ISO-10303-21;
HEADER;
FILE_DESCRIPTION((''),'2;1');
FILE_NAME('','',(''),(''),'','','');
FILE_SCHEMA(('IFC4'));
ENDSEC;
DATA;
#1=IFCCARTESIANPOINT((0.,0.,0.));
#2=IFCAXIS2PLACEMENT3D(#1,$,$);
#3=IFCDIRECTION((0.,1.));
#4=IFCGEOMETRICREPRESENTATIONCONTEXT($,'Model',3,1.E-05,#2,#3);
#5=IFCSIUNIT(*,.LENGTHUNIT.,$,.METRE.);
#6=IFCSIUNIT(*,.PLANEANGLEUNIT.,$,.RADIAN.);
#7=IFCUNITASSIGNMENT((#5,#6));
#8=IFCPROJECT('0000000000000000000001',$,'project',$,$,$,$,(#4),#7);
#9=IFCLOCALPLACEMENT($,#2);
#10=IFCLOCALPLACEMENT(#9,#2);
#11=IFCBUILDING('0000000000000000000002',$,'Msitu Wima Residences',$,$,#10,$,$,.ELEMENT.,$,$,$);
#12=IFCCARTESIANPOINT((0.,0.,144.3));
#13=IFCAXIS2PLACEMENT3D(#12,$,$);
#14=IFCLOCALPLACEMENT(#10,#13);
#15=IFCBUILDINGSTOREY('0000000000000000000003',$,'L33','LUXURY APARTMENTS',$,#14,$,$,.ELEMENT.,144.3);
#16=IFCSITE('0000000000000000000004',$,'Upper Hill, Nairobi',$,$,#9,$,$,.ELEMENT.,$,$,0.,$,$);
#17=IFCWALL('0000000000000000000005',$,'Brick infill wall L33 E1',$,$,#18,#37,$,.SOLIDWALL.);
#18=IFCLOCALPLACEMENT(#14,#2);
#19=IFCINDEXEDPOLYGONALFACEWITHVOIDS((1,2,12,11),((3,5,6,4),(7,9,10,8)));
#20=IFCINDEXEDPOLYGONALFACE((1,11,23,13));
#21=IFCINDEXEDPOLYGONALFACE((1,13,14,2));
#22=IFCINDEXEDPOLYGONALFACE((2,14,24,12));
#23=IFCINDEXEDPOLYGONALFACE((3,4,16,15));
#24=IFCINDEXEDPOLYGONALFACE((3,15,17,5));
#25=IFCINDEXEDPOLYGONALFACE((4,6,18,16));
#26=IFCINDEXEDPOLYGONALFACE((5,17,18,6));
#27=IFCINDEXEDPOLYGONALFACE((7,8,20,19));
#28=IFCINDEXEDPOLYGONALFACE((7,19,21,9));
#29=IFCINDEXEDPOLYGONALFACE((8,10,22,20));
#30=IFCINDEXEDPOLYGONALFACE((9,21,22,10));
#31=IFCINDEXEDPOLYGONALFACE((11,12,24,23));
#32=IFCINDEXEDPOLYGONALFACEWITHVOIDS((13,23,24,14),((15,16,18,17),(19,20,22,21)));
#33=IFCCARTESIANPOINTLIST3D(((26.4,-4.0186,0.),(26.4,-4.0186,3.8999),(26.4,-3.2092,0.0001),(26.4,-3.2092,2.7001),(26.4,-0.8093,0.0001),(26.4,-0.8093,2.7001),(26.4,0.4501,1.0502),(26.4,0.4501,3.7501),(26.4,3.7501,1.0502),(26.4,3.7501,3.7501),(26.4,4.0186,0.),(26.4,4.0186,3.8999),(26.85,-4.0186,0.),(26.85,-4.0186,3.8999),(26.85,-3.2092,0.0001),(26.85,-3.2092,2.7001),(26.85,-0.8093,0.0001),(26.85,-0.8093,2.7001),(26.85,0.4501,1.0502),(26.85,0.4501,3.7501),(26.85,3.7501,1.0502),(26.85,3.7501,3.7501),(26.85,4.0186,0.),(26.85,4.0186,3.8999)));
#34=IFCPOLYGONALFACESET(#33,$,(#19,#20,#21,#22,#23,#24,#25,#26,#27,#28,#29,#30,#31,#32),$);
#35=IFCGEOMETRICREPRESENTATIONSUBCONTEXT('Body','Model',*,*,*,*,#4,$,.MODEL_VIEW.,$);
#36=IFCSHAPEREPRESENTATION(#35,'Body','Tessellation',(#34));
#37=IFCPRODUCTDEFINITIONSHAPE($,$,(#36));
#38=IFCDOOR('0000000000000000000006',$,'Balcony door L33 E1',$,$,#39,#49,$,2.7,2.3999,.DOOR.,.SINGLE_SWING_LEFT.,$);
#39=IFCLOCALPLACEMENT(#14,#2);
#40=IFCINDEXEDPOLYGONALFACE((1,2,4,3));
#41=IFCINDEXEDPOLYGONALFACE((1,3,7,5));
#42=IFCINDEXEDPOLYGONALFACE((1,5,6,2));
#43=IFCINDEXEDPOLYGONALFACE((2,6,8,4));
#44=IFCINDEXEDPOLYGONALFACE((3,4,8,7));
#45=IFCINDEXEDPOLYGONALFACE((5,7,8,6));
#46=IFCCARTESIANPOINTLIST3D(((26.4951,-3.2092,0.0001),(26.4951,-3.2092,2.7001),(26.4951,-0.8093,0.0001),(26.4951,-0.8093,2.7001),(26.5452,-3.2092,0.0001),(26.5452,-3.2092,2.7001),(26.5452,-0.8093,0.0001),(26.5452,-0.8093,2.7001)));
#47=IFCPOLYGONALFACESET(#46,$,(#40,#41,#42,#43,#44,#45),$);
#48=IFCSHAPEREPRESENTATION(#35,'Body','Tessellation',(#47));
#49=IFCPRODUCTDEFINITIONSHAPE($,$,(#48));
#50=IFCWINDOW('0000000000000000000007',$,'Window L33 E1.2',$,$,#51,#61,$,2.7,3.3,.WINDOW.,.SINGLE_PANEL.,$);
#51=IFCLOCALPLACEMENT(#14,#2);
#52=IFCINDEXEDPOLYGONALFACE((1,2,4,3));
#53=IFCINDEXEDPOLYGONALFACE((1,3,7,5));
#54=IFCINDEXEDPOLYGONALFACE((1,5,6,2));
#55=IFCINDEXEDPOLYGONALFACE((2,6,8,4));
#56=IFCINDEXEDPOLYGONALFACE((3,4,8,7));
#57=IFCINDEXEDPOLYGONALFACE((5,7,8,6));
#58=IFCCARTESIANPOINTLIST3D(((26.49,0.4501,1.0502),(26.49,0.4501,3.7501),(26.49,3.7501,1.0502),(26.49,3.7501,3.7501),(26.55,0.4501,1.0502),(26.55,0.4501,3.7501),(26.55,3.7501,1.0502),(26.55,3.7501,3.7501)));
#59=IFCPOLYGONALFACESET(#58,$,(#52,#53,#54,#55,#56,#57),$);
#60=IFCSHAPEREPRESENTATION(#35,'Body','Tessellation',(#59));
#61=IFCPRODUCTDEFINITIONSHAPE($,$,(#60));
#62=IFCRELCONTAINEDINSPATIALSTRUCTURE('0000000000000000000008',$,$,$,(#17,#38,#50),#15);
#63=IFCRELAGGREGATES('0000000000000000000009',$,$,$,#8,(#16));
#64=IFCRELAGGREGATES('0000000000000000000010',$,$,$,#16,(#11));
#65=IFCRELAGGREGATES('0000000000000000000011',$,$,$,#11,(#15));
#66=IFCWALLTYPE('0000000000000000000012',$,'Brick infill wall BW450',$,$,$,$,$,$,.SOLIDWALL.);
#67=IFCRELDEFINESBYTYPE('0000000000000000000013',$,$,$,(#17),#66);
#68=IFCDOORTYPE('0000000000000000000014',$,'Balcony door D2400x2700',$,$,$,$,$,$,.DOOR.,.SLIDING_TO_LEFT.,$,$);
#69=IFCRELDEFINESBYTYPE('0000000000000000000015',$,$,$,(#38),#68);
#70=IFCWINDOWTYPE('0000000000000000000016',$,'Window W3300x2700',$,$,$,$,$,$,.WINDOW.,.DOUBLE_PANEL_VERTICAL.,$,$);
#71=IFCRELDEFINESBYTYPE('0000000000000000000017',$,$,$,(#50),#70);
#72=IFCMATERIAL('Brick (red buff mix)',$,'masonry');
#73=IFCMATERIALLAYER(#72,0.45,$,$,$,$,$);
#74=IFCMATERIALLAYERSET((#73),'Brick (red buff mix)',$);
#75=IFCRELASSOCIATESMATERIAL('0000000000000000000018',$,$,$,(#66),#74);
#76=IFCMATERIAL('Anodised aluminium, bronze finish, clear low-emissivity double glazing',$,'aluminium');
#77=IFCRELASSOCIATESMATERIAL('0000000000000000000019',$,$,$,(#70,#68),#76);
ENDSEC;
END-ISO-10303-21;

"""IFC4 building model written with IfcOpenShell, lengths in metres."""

from ifc_helpers import new_model, si_unit, direction, frame, frame_2d, origin, place, context, subcontext, project, spatial, rectangle, extrude, material, layer, layer_set, type_object, element, fill, save


model = new_model("IFC4")

# Units and contexts
model_context = context("Model", 3, precision=1e-05, world=origin(), true_north=direction((0.0, 1.0)))
body_context = subcontext(model_context, "Body", "Model", "MODEL_VIEW")
ifc_project = project(units=[si_unit("LENGTHUNIT", "METRE"), si_unit("PLANEANGLEUNIT", "RADIAN")], contexts=[model_context])

# Site, building, storey
site_placement = place(None, origin())
site = spatial("IfcSite", under=ifc_project, at=site_placement, Name="Upper Hill, Nairobi", CompositionType="ELEMENT", RefElevation=0.0)
building_placement = place(site_placement, origin())
building = spatial("IfcBuilding", under=site, at=building_placement, Name="Msitu Wima Residences", CompositionType="ELEMENT")
storey_placement = place(building_placement, frame((0.0, 0.0, 144.3)))
storey = spatial("IfcBuildingStorey", under=building, at=storey_placement, Name="L33", Description="LUXURY APARTMENTS", CompositionType="ELEMENT", Elevation=144.3)

# Shared definitions
ifc_material_1 = material(Name="Brick (red buff mix)", Category="masonry")
ifc_layer_1 = layer(ifc_material_1, 0.45)
ifc_layer_set_1 = layer_set([ifc_layer_1], Name="Brick (red buff mix)")
wall_type_1 = type_object("IfcWallType", Name="Brick infill wall BW450", PredefinedType="SOLIDWALL", material=ifc_layer_set_1)
ifc_material_2 = material(Name="Anodised aluminium, bronze finish, clear low-emissivity double glazing", Category="aluminium")
window_type = type_object("IfcWindowType", Name="Window W3300x2700", PartitioningType="DOUBLE_PANEL_VERTICAL", PredefinedType="WINDOW", material=ifc_material_2)

# Wall, openings, door, window
wall_1_placement = place(storey_placement, frame((26.625, -4.0186, 0.0), z_axis=(0.0, 0.0, 1.0), x_axis=(0.0, 1.0, 0.0)))
wall_1 = element("IfcWall", 1, at=wall_1_placement, inside=storey, type_object=wall_type_1, Name="Brick infill wall L33 E1", PredefinedType="SOLIDWALL", context=body_context, shape_type="SweptSolid", body=[
    extrude(rectangle(XDim=8.0371, YDim=0.45, at=frame_2d((4.0186, 0.0))), origin(), (0.0, 0.0, 1.0), 3.8999),
])
opening_1_placement = place(wall_1_placement, frame((0.8093, 0.0, 0.0)))
opening_1 = element("IfcOpeningElement", 2, at=opening_1_placement, cuts=wall_1, PredefinedType="OPENING", context=body_context, shape_type="SweptSolid", body=[
    extrude(rectangle(XDim=2.3999, YDim=2.7, at=frame_2d((1.2, 1.3501))), frame((0.0, 0.2349, 0.0), z_axis=(0.0, -1.0, 0.0), x_axis=(1.0, 0.0, 0.0)), (0.0, 0.0, 1.0), 0.47),
])
opening_2_placement = place(wall_1_placement, frame((4.4688, 0.0, 1.05)))
opening_2 = element("IfcOpeningElement", 3, at=opening_2_placement, cuts=wall_1, PredefinedType="OPENING", context=body_context, shape_type="SweptSolid", body=[
    extrude(rectangle(XDim=3.3, YDim=2.7, at=frame_2d((1.6499, 1.3501))), frame((0.0, 0.2349, 0.0), z_axis=(0.0, -1.0, 0.0), x_axis=(1.0, 0.0, 0.0)), (0.0, 0.0, 1.0), 0.47),
])
door_type = type_object("IfcDoorType", Name="Balcony door D2400x2700", OperationType="SLIDING_TO_LEFT", PredefinedType="DOOR", material=ifc_material_2)
door_placement = place(opening_1_placement, origin())
door = element("IfcDoor", 4, at=door_placement, inside=storey, type_object=door_type, Name="Balcony door L33 E1", OperationType="SINGLE_SWING_LEFT", OverallHeight=2.7, OverallWidth=2.3999, PredefinedType="DOOR", context=body_context, shape_type="SweptSolid", body=[
    extrude(rectangle(XDim=2.3999, YDim=2.7, at=frame_2d((1.2, 1.3501))), frame((0.0, 0.1299, 0.0), z_axis=(0.0, -1.0, 0.0), x_axis=(1.0, 0.0, 0.0)), (0.0, 0.0, 1.0), 0.05),
])
fill(opening_1, door)
window_1_placement = place(opening_2_placement, origin())
window_1 = element("IfcWindow", 5, at=window_1_placement, inside=storey, type_object=window_type, Name="Window L33 E1.2", OverallHeight=2.7, OverallWidth=3.3, PartitioningType="SINGLE_PANEL", PredefinedType="WINDOW", context=body_context, shape_type="SweptSolid", body=[
    extrude(rectangle(XDim=3.3, YDim=2.7, at=frame_2d((1.6499, 1.3501))), frame((0.0, 0.135, 0.0), z_axis=(0.0, -1.0, 0.0), x_axis=(1.0, 0.0, 0.0)), (0.0, 0.0, 1.0), 0.0601),
])
fill(opening_2, window_1)

save(model, "model.ifc")
